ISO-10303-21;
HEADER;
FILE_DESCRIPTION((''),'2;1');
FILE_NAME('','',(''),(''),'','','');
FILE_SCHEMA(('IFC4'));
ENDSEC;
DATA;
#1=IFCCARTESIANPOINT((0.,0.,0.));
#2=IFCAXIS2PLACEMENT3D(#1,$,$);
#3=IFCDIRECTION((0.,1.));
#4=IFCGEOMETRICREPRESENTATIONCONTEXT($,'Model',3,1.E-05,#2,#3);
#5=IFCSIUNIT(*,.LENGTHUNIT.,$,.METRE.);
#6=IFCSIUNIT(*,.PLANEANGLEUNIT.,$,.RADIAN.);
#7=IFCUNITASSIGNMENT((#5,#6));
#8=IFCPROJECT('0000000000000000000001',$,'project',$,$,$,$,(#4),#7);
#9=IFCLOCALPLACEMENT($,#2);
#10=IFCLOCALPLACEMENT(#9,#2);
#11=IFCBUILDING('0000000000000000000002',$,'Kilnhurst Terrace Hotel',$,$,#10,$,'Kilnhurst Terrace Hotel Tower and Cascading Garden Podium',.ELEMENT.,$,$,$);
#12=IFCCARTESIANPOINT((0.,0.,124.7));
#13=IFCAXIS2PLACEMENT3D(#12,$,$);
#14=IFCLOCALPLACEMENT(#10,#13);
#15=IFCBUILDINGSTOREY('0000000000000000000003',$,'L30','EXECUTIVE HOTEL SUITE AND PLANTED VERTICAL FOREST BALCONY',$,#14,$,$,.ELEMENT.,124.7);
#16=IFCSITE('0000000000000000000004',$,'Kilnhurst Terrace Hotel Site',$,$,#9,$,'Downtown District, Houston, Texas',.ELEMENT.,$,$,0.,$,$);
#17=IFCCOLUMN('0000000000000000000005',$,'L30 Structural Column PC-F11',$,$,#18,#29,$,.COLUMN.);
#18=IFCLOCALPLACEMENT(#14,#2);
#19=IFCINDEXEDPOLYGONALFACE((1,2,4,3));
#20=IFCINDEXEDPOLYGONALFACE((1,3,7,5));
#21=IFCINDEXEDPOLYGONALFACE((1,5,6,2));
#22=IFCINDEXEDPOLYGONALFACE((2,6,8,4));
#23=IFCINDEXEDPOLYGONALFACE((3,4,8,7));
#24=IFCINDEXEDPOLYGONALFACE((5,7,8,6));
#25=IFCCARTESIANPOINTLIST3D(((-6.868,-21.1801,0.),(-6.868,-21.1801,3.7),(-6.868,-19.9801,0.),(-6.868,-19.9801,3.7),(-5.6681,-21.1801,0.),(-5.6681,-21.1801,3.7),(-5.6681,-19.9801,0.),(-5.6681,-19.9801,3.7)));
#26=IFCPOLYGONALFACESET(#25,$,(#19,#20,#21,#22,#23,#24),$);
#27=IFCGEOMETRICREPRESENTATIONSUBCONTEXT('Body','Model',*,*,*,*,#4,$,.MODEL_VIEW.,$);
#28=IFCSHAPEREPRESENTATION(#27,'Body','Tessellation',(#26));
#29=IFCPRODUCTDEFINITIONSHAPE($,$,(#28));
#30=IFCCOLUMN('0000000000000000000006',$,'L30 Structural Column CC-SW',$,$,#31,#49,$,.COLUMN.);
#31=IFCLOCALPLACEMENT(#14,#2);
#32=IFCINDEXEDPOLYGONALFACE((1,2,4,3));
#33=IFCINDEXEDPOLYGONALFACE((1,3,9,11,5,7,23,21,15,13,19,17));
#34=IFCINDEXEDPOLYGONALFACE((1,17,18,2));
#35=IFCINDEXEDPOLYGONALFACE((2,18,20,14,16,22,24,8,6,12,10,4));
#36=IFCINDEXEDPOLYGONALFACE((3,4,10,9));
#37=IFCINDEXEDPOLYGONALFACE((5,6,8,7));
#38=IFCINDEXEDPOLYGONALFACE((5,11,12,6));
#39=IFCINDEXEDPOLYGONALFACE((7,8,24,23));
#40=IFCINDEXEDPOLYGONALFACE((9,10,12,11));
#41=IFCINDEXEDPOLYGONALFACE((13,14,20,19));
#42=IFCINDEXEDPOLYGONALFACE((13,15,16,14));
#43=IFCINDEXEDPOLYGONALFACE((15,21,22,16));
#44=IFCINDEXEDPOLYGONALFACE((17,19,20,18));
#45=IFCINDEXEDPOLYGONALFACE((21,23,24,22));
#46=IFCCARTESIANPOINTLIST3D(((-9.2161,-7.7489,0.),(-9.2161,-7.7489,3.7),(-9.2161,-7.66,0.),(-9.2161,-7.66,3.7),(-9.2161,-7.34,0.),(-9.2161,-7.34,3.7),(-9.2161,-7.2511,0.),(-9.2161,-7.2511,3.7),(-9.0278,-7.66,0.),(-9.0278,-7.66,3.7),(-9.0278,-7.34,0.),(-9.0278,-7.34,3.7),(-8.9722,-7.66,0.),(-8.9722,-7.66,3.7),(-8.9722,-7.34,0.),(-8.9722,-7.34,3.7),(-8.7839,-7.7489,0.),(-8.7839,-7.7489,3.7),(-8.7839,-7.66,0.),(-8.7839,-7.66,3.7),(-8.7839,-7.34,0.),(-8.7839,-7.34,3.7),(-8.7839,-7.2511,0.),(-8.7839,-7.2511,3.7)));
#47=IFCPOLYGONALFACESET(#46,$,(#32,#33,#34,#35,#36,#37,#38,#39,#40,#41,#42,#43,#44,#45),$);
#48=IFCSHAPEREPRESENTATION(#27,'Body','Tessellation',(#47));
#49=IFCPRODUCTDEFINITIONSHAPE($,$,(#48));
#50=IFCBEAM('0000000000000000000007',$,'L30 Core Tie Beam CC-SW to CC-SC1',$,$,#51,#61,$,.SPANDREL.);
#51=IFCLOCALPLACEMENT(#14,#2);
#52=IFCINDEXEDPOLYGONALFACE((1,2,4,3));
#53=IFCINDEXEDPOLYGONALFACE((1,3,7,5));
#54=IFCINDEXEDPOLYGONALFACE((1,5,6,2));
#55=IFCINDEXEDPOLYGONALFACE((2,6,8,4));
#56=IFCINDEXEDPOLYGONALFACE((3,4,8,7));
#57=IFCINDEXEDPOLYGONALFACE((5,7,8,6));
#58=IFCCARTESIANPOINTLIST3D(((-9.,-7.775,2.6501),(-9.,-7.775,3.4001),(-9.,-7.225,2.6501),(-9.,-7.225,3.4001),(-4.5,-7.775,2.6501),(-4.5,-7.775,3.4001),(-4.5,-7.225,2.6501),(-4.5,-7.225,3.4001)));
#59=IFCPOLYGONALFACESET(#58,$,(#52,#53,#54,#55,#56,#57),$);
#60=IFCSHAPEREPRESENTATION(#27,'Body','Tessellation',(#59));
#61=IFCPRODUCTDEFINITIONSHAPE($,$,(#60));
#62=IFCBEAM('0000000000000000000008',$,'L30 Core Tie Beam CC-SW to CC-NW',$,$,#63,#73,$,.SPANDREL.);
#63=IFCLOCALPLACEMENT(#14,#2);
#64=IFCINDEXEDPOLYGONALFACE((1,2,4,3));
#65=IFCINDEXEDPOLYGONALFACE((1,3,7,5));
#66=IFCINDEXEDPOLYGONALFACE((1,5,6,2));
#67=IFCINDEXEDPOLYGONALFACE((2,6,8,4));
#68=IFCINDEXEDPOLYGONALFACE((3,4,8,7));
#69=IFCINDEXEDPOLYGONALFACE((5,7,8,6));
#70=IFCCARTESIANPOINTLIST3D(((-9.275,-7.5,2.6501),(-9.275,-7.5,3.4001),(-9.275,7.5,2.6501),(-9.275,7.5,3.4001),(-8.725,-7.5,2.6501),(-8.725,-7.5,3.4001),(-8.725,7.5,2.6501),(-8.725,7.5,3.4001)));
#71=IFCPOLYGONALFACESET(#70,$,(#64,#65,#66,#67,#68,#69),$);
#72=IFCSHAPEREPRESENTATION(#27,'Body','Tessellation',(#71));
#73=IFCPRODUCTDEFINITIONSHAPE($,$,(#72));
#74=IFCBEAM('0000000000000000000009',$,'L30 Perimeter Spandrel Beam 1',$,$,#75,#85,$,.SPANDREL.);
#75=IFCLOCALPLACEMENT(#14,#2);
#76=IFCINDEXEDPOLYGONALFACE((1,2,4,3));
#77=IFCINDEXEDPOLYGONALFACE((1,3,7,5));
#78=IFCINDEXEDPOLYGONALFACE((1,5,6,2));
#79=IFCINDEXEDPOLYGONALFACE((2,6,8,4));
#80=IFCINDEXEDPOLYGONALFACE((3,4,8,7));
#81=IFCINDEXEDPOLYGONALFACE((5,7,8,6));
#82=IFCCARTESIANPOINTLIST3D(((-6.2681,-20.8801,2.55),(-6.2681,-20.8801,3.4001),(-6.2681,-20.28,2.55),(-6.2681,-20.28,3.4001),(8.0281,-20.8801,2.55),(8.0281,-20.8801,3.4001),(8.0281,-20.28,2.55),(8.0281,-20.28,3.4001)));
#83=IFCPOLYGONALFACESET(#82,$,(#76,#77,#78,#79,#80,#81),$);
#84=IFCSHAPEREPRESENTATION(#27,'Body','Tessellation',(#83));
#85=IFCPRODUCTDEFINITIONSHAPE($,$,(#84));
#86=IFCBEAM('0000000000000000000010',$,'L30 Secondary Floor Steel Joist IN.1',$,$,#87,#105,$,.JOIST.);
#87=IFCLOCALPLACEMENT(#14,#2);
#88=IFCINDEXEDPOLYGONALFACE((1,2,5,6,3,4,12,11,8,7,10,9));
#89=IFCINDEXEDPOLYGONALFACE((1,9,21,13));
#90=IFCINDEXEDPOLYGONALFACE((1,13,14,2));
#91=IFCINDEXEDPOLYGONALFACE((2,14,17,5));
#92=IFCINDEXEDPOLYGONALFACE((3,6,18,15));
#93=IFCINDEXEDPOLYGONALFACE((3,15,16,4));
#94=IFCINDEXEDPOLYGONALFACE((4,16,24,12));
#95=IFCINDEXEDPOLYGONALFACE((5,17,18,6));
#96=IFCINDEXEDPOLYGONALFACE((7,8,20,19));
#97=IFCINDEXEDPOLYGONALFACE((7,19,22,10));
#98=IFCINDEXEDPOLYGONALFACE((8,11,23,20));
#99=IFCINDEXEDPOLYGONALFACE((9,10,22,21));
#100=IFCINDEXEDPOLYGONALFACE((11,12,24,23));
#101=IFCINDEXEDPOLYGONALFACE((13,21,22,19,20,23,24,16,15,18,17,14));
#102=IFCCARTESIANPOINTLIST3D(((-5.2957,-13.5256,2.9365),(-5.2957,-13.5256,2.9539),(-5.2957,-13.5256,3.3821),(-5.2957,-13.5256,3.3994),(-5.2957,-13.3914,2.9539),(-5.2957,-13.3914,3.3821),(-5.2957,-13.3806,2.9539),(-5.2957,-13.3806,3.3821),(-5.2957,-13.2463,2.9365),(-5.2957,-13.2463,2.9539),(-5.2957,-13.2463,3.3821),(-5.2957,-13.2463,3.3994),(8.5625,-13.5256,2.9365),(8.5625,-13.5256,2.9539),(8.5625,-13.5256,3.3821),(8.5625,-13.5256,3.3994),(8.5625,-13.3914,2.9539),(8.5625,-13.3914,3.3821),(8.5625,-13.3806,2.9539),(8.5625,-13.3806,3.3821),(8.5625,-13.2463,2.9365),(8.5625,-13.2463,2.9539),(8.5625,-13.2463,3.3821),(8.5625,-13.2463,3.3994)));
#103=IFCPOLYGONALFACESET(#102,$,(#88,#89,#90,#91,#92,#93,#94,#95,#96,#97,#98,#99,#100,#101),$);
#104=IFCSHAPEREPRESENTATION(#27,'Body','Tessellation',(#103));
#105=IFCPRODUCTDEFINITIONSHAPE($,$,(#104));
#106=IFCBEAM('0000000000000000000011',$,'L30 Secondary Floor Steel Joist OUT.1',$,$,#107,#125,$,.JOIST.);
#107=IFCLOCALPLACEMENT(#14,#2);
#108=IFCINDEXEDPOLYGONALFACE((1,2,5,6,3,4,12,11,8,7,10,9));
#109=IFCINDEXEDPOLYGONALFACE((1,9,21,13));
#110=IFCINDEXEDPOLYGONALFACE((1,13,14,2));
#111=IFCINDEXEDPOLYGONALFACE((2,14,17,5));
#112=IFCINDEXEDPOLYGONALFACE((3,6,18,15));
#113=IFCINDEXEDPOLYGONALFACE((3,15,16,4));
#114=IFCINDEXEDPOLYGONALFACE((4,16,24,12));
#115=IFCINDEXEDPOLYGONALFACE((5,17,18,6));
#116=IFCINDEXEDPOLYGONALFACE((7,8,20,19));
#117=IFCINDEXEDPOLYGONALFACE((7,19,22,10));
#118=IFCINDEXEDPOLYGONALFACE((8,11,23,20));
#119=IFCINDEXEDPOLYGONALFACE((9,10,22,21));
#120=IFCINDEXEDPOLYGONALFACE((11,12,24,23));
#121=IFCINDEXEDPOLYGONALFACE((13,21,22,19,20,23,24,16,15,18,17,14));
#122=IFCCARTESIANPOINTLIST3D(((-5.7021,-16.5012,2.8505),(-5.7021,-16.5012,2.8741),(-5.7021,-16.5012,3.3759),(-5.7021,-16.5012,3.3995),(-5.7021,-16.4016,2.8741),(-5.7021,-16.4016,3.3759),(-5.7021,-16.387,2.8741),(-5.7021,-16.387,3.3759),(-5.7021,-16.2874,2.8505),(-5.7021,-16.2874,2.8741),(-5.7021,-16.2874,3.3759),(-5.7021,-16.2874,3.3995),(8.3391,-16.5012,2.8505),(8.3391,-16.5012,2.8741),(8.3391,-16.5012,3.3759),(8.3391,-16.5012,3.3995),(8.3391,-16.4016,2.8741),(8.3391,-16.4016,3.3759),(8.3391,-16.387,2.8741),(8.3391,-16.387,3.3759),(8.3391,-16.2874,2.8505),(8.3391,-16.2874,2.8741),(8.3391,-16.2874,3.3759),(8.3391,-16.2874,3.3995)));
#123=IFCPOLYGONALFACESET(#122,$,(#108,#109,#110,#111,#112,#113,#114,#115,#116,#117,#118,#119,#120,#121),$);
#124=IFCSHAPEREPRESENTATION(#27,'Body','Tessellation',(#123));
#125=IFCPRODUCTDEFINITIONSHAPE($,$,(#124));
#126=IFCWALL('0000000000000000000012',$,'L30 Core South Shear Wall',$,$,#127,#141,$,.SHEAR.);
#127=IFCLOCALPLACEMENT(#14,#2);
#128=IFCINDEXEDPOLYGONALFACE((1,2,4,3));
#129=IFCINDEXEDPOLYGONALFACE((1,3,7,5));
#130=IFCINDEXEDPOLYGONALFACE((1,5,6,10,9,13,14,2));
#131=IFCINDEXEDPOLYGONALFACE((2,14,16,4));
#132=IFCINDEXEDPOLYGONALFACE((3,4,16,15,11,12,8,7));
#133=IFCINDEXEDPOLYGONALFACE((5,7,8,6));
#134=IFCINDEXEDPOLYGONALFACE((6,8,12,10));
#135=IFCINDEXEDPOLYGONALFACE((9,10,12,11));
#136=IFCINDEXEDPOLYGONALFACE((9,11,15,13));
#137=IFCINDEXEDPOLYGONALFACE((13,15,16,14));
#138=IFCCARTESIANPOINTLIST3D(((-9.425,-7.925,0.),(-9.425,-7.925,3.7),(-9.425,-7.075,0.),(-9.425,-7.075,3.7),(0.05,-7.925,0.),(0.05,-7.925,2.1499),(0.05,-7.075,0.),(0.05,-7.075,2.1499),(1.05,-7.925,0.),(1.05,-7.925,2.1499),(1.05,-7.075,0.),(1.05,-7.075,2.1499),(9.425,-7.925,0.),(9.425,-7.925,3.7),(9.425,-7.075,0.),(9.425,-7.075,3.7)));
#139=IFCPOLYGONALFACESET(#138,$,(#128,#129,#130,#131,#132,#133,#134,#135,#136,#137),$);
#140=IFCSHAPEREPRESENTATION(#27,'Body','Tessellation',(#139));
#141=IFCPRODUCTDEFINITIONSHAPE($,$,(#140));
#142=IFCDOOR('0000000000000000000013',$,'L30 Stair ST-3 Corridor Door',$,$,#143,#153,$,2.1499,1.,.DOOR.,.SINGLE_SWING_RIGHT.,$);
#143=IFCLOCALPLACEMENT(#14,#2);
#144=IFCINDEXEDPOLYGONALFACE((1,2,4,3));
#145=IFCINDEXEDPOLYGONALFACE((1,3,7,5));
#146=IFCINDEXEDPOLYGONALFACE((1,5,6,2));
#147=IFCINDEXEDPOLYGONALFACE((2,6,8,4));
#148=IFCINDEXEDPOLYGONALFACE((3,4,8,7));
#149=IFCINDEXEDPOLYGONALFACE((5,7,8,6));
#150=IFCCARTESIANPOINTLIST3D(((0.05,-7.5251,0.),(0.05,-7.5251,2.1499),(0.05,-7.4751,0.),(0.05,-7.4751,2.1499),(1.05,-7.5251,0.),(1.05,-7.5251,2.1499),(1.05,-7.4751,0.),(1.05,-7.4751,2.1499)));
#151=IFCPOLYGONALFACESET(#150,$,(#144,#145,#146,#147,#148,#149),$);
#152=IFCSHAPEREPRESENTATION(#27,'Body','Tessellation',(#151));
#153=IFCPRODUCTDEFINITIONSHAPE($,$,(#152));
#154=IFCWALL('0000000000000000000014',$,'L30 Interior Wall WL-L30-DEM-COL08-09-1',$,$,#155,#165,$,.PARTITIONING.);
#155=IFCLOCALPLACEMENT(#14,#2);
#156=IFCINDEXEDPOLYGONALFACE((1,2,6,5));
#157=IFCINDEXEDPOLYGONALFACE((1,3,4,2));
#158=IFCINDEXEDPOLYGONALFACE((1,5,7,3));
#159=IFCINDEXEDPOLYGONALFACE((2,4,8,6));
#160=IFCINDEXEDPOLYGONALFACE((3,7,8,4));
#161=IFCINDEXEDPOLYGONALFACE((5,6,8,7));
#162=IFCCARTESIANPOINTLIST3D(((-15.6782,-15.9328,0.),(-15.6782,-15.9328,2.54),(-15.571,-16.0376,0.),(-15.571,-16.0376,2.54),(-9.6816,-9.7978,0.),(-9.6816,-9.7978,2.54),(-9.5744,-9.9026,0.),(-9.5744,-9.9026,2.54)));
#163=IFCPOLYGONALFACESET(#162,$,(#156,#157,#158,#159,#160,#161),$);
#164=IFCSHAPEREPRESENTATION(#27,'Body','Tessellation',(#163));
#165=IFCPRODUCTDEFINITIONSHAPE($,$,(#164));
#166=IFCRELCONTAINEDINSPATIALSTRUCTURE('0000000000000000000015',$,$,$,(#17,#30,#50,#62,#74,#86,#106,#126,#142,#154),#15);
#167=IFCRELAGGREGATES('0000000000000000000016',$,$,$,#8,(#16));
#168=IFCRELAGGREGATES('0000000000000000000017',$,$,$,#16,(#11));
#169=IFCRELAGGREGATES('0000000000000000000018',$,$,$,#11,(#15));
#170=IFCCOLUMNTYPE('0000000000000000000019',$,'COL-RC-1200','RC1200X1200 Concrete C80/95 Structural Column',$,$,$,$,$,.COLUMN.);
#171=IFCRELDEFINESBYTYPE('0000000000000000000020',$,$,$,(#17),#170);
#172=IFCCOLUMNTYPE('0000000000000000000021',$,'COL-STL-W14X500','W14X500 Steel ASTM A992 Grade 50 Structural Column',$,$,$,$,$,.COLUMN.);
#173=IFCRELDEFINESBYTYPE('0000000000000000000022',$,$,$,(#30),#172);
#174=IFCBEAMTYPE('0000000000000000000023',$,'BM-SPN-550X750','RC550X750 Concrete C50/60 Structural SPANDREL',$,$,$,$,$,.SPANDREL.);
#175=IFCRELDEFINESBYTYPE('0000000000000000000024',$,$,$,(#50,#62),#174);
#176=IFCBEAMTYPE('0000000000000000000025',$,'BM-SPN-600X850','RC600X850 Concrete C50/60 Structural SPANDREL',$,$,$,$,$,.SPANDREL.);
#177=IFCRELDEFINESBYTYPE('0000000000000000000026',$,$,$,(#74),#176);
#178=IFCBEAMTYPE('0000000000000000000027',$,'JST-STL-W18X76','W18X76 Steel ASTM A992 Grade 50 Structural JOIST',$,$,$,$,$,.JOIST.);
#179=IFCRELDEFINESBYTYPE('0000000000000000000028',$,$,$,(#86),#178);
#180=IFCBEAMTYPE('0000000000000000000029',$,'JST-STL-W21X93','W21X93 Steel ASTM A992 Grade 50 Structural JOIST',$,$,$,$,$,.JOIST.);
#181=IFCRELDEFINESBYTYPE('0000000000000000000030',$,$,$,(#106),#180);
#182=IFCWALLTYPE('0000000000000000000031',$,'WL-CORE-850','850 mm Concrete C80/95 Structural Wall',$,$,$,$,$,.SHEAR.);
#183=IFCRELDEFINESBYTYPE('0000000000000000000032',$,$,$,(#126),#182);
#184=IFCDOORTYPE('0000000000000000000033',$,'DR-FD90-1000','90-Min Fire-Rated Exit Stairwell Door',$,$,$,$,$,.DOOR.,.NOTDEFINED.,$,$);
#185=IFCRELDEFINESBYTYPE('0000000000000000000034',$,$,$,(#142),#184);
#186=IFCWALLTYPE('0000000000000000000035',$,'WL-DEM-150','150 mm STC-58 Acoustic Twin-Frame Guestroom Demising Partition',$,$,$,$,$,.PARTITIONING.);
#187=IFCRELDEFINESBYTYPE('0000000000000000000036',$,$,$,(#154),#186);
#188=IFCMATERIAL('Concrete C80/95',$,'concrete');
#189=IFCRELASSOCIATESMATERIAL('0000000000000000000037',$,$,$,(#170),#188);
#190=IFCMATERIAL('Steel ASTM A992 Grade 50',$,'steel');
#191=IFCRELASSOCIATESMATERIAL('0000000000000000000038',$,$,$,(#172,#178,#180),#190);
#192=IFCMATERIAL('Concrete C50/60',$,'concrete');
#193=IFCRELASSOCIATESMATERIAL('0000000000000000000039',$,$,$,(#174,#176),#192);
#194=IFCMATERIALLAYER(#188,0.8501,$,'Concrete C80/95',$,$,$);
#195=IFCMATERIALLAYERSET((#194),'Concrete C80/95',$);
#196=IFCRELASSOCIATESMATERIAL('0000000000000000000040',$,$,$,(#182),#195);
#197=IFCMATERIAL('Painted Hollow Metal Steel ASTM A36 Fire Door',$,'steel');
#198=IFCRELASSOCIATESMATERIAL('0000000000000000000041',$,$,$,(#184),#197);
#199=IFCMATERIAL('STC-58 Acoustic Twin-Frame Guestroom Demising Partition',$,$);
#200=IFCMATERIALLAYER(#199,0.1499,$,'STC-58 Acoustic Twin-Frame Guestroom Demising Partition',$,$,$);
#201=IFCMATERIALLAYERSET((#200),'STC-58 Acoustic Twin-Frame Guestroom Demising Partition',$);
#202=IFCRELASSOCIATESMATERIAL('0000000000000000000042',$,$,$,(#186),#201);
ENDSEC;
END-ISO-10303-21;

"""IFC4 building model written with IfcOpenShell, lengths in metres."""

from ifc_helpers import new_model, si_unit, direction, frame, frame_2d, origin, origin_2d, place, context, subcontext, project, spatial, rectangle, i_section, extrude, material, layer, layer_set, material_profile, profile_set, type_object, element, fill, save


model = new_model("IFC4")

# Units and contexts
model_context = context("Model", 3, precision=1e-05, world=origin(), true_north=direction((0.0, 1.0)))
body_context = subcontext(model_context, "Body", "Model", "MODEL_VIEW")
ifc_project = project(units=[si_unit("LENGTHUNIT", "METRE"), si_unit("PLANEANGLEUNIT", "RADIAN")], contexts=[model_context])

# Site, building, storey
site_placement = place(None, origin())
site = spatial("IfcSite", under=ifc_project, at=site_placement, Name="Kilnhurst Terrace Hotel Site", LongName="Downtown District, Houston, Texas", CompositionType="ELEMENT", RefElevation=0.0)
building_placement = place(site_placement, origin())
building = spatial("IfcBuilding", under=site, at=building_placement, Name="Kilnhurst Terrace Hotel", LongName="Kilnhurst Terrace Hotel Tower and Cascading Garden Podium", CompositionType="ELEMENT")
storey_placement = place(building_placement, frame((0.0, 0.0, 124.7)))
storey = spatial("IfcBuildingStorey", under=building, at=storey_placement, Name="L30", Description="EXECUTIVE HOTEL SUITE AND PLANTED VERTICAL FOREST BALCONY", CompositionType="ELEMENT", Elevation=124.7)

# Columns
ifc_material_1 = material(Name="Concrete C80/95", Category="concrete")
ifc_material_profile_1 = material_profile(ifc_material_1, rectangle(XDim=1.2, YDim=1.2, at=origin_2d()), Name="RC1200X1200")
ifc_profile_set_1 = profile_set([ifc_material_profile_1], Name="Concrete C80/95")
column_type_1 = type_object("IfcColumnType", Name="COL-RC-1200", Description="RC1200X1200 Concrete C80/95 Structural Column", PredefinedType="COLUMN", material=ifc_profile_set_1)
column_1_placement = place(storey_placement, frame((-6.2681, -20.5801, 0.0), z_axis=(0.0, 0.0, 1.0), x_axis=(1.0, 0.0, 0.0)))
element("IfcColumn", 1, at=column_1_placement, inside=storey, type_object=column_type_1, Name="L30 Structural Column PC-F11", PredefinedType="COLUMN", context=body_context, shape_type="SweptSolid", body=[
    extrude(rectangle(XDim=1.2, YDim=1.2, at=origin_2d()), origin(), (0.0, 0.0, 1.0), 3.7),
])
ifc_material_2 = material(Name="Steel ASTM A992 Grade 50", Category="steel")
ifc_material_profile_2 = material_profile(ifc_material_2, i_section(OverallWidth=0.4321, OverallDepth=0.4978, WebThickness=0.0557, FlangeThickness=0.0889, at=origin_2d()), Name="W14X500")
ifc_profile_set_2 = profile_set([ifc_material_profile_2], Name="Steel ASTM A992 Grade 50")
column_type_2 = type_object("IfcColumnType", Name="COL-STL-W14X500", Description="W14X500 Steel ASTM A992 Grade 50 Structural Column", PredefinedType="COLUMN", material=ifc_profile_set_2)
column_2_placement = place(storey_placement, frame((-9.0, -7.5, 0.0), z_axis=(0.0, 0.0, 1.0), x_axis=(1.0, 0.0, 0.0)))
element("IfcColumn", 2, at=column_2_placement, inside=storey, type_object=column_type_2, Name="L30 Structural Column CC-SW", PredefinedType="COLUMN", context=body_context, shape_type="SweptSolid", body=[
    extrude(i_section(OverallWidth=0.4321, OverallDepth=0.4978, WebThickness=0.0557, FlangeThickness=0.0889, at=origin_2d()), origin(), (0.0, 0.0, 1.0), 3.7),
])

# Beams
ifc_material_3 = material(Name="Concrete C50/60", Category="concrete")
ifc_material_profile_3 = material_profile(ifc_material_3, rectangle(XDim=0.55, YDim=0.75, at=origin_2d()), Name="RC550X750")
ifc_profile_set_3 = profile_set([ifc_material_profile_3], Name="Concrete C50/60")
beam_type_1 = type_object("IfcBeamType", Name="BM-SPN-550X750", Description="RC550X750 Concrete C50/60 Structural SPANDREL", PredefinedType="SPANDREL", material=ifc_profile_set_3)
beam_1_placement = place(storey_placement, frame((-9.0, -7.5, 3.0251), z_axis=(1.0, 0.0, 0.0), x_axis=(0.0, 1.0, 0.0)))
element("IfcBeam", 3, at=beam_1_placement, inside=storey, type_object=beam_type_1, Name="L30 Core Tie Beam CC-SW to CC-SC1", PredefinedType="SPANDREL", context=body_context, shape_type="SweptSolid", body=[
    extrude(rectangle(XDim=0.55, YDim=0.75, at=origin_2d()), origin(), (0.0, 0.0, 1.0), 4.5),
])
beam_2_placement = place(storey_placement, frame((-9.0, -7.5, 3.0251), z_axis=(0.0, 1.0, 0.0), x_axis=(-1.0, 0.0, 0.0)))
element("IfcBeam", 4, at=beam_2_placement, inside=storey, type_object=beam_type_1, Name="L30 Core Tie Beam CC-SW to CC-NW", PredefinedType="SPANDREL", context=body_context, shape_type="SweptSolid", body=[
    extrude(rectangle(XDim=0.55, YDim=0.75, at=origin_2d()), origin(), (0.0, 0.0, 1.0), 15.0),
])
ifc_material_profile_4 = material_profile(ifc_material_3, rectangle(XDim=0.6001, YDim=0.8501, at=origin_2d()), Name="RC600X850")
ifc_profile_set_4 = profile_set([ifc_material_profile_4], Name="Concrete C50/60")
beam_type_2 = type_object("IfcBeamType", Name="BM-SPN-600X850", Description="RC600X850 Concrete C50/60 Structural SPANDREL", PredefinedType="SPANDREL", material=ifc_profile_set_4)
beam_3_placement = place(storey_placement, frame((-6.2681, -20.5801, 2.9751), z_axis=(1.0, 0.0, 0.0), x_axis=(0.0, 1.0, 0.0)))
element("IfcBeam", 5, at=beam_3_placement, inside=storey, type_object=beam_type_2, Name="L30 Perimeter Spandrel Beam 1", PredefinedType="SPANDREL", context=body_context, shape_type="SweptSolid", body=[
    extrude(rectangle(XDim=0.6001, YDim=0.8501, at=origin_2d()), origin(), (0.0, 0.0, 1.0), 14.2961),
])
ifc_material_profile_5 = material_profile(ifc_material_2, i_section(OverallWidth=0.2793, OverallDepth=0.4629, WebThickness=0.0107, FlangeThickness=0.0173, at=origin_2d()), Name="W18X76")
ifc_profile_set_5 = profile_set([ifc_material_profile_5], Name="Steel ASTM A992 Grade 50")
beam_type_3 = type_object("IfcBeamType", Name="JST-STL-W18X76", Description="W18X76 Steel ASTM A992 Grade 50 Structural JOIST", PredefinedType="JOIST", material=ifc_profile_set_5)
beam_4_placement = place(storey_placement, frame((-5.2957, -13.386, 3.168), z_axis=(1.0, 0.0, 0.0), x_axis=(0.0, 1.0, 0.0)))
element("IfcBeam", 6, at=beam_4_placement, inside=storey, type_object=beam_type_3, Name="L30 Secondary Floor Steel Joist IN.1", PredefinedType="JOIST", context=body_context, shape_type="SweptSolid", body=[
    extrude(i_section(OverallWidth=0.2793, OverallDepth=0.4629, WebThickness=0.0107, FlangeThickness=0.0173, at=origin_2d()), origin(), (0.0, 0.0, 1.0), 13.8582),
])
ifc_material_profile_6 = material_profile(ifc_material_2, i_section(OverallWidth=0.2139, OverallDepth=0.5491, WebThickness=0.0146, FlangeThickness=0.0237, at=origin_2d()), Name="W21X93")
ifc_profile_set_6 = profile_set([ifc_material_profile_6], Name="Steel ASTM A992 Grade 50")
beam_type_4 = type_object("IfcBeamType", Name="JST-STL-W21X93", Description="W21X93 Steel ASTM A992 Grade 50 Structural JOIST", PredefinedType="JOIST", material=ifc_profile_set_6)
beam_5_placement = place(storey_placement, frame((-5.7021, -16.3943, 3.125), z_axis=(1.0, 0.0, 0.0), x_axis=(0.0, 1.0, 0.0)))
element("IfcBeam", 7, at=beam_5_placement, inside=storey, type_object=beam_type_4, Name="L30 Secondary Floor Steel Joist OUT.1", PredefinedType="JOIST", context=body_context, shape_type="SweptSolid", body=[
    extrude(i_section(OverallWidth=0.2139, OverallDepth=0.5491, WebThickness=0.0146, FlangeThickness=0.0237, at=origin_2d()), origin(), (0.0, 0.0, 1.0), 14.0413),
])

# Wall, opening, door
ifc_layer_1 = layer(ifc_material_1, 0.8501, Name="Concrete C80/95")
ifc_layer_set_1 = layer_set([ifc_layer_1], Name="Concrete C80/95")
wall_type_1 = type_object("IfcWallType", Name="WL-CORE-850", Description="850 mm Concrete C80/95 Structural Wall", PredefinedType="SHEAR", material=ifc_layer_set_1)
wall_1_placement = place(storey_placement, frame((-9.425, -7.5, 0.0), z_axis=(0.0, 0.0, 1.0), x_axis=(1.0, 0.0, 0.0)))
wall_1 = element("IfcWall", 8, at=wall_1_placement, inside=storey, type_object=wall_type_1, Name="L30 Core South Shear Wall", PredefinedType="SHEAR", context=body_context, shape_type="SweptSolid", body=[
    extrude(rectangle(XDim=18.8501, YDim=0.8501, at=frame_2d((9.425, 0.0))), origin(), (0.0, 0.0, 1.0), 3.7),
])
opening_1_placement = place(wall_1_placement, frame((9.4751, 0.0, 0.0)))
opening_1 = element("IfcOpeningElement", 9, at=opening_1_placement, cuts=wall_1, PredefinedType="OPENING", context=body_context, shape_type="SweptSolid", body=[
    extrude(rectangle(XDim=1.0, YDim=2.1499, at=frame_2d((0.5, 1.075))), frame((0.0, 0.4351, 0.0), z_axis=(0.0, -1.0, 0.0), x_axis=(1.0, 0.0, 0.0)), (0.0, 0.0, 1.0), 0.8701),
])
ifc_material_4 = material(Name="Painted Hollow Metal Steel ASTM A36 Fire Door", Category="steel")
door_type_1 = type_object("IfcDoorType", Name="DR-FD90-1000", Description="90-Min Fire-Rated Exit Stairwell Door", OperationType="NOTDEFINED", PredefinedType="DOOR", material=ifc_material_4)
door_1_placement = place(opening_1_placement, origin())
door_1 = element("IfcDoor", 10, at=door_1_placement, inside=storey, type_object=door_type_1, Name="L30 Stair ST-3 Corridor Door", OperationType="SINGLE_SWING_RIGHT", OverallHeight=2.1499, OverallWidth=1.0, PredefinedType="DOOR", context=body_context, shape_type="SweptSolid", body=[
    extrude(rectangle(XDim=1.0, YDim=2.1499, at=frame_2d((0.5, 1.075))), frame((0.0, 0.0249, 0.0), z_axis=(0.0, -1.0, 0.0), x_axis=(1.0, 0.0, 0.0)), (0.0, 0.0, 1.0), 0.05),
])
fill(opening_1, door_1)

# Wall
ifc_material_5 = material(Name="STC-58 Acoustic Twin-Frame Guestroom Demising Partition")
ifc_layer_2 = layer(ifc_material_5, 0.1499, Name="STC-58 Acoustic Twin-Frame Guestroom Demising Partition")
ifc_layer_set_2 = layer_set([ifc_layer_2], Name="STC-58 Acoustic Twin-Frame Guestroom Demising Partition")
wall_type_2 = type_object("IfcWallType", Name="WL-DEM-150", Description="150 mm STC-58 Acoustic Twin-Frame Guestroom Demising Partition", PredefinedType="PARTITIONING", material=ifc_layer_set_2)
wall_2_placement = place(storey_placement, frame((-9.6279, -9.8501, 0.0), z_axis=(0.0, 0.0, 1.0), x_axis=(-0.698993, -0.715129, 0.0)))
element("IfcWall", 11, at=wall_2_placement, inside=storey, type_object=wall_type_2, Name="L30 Interior Wall WL-L30-DEM-COL08-09-1", PredefinedType="PARTITIONING", context=body_context, shape_type="SweptSolid", body=[
    extrude(rectangle(XDim=8.5789, YDim=0.1499, at=frame_2d((4.2896, 0.0))), origin(), (0.0, 0.0, 1.0), 2.54),
])

save(model, "model.ifc")
